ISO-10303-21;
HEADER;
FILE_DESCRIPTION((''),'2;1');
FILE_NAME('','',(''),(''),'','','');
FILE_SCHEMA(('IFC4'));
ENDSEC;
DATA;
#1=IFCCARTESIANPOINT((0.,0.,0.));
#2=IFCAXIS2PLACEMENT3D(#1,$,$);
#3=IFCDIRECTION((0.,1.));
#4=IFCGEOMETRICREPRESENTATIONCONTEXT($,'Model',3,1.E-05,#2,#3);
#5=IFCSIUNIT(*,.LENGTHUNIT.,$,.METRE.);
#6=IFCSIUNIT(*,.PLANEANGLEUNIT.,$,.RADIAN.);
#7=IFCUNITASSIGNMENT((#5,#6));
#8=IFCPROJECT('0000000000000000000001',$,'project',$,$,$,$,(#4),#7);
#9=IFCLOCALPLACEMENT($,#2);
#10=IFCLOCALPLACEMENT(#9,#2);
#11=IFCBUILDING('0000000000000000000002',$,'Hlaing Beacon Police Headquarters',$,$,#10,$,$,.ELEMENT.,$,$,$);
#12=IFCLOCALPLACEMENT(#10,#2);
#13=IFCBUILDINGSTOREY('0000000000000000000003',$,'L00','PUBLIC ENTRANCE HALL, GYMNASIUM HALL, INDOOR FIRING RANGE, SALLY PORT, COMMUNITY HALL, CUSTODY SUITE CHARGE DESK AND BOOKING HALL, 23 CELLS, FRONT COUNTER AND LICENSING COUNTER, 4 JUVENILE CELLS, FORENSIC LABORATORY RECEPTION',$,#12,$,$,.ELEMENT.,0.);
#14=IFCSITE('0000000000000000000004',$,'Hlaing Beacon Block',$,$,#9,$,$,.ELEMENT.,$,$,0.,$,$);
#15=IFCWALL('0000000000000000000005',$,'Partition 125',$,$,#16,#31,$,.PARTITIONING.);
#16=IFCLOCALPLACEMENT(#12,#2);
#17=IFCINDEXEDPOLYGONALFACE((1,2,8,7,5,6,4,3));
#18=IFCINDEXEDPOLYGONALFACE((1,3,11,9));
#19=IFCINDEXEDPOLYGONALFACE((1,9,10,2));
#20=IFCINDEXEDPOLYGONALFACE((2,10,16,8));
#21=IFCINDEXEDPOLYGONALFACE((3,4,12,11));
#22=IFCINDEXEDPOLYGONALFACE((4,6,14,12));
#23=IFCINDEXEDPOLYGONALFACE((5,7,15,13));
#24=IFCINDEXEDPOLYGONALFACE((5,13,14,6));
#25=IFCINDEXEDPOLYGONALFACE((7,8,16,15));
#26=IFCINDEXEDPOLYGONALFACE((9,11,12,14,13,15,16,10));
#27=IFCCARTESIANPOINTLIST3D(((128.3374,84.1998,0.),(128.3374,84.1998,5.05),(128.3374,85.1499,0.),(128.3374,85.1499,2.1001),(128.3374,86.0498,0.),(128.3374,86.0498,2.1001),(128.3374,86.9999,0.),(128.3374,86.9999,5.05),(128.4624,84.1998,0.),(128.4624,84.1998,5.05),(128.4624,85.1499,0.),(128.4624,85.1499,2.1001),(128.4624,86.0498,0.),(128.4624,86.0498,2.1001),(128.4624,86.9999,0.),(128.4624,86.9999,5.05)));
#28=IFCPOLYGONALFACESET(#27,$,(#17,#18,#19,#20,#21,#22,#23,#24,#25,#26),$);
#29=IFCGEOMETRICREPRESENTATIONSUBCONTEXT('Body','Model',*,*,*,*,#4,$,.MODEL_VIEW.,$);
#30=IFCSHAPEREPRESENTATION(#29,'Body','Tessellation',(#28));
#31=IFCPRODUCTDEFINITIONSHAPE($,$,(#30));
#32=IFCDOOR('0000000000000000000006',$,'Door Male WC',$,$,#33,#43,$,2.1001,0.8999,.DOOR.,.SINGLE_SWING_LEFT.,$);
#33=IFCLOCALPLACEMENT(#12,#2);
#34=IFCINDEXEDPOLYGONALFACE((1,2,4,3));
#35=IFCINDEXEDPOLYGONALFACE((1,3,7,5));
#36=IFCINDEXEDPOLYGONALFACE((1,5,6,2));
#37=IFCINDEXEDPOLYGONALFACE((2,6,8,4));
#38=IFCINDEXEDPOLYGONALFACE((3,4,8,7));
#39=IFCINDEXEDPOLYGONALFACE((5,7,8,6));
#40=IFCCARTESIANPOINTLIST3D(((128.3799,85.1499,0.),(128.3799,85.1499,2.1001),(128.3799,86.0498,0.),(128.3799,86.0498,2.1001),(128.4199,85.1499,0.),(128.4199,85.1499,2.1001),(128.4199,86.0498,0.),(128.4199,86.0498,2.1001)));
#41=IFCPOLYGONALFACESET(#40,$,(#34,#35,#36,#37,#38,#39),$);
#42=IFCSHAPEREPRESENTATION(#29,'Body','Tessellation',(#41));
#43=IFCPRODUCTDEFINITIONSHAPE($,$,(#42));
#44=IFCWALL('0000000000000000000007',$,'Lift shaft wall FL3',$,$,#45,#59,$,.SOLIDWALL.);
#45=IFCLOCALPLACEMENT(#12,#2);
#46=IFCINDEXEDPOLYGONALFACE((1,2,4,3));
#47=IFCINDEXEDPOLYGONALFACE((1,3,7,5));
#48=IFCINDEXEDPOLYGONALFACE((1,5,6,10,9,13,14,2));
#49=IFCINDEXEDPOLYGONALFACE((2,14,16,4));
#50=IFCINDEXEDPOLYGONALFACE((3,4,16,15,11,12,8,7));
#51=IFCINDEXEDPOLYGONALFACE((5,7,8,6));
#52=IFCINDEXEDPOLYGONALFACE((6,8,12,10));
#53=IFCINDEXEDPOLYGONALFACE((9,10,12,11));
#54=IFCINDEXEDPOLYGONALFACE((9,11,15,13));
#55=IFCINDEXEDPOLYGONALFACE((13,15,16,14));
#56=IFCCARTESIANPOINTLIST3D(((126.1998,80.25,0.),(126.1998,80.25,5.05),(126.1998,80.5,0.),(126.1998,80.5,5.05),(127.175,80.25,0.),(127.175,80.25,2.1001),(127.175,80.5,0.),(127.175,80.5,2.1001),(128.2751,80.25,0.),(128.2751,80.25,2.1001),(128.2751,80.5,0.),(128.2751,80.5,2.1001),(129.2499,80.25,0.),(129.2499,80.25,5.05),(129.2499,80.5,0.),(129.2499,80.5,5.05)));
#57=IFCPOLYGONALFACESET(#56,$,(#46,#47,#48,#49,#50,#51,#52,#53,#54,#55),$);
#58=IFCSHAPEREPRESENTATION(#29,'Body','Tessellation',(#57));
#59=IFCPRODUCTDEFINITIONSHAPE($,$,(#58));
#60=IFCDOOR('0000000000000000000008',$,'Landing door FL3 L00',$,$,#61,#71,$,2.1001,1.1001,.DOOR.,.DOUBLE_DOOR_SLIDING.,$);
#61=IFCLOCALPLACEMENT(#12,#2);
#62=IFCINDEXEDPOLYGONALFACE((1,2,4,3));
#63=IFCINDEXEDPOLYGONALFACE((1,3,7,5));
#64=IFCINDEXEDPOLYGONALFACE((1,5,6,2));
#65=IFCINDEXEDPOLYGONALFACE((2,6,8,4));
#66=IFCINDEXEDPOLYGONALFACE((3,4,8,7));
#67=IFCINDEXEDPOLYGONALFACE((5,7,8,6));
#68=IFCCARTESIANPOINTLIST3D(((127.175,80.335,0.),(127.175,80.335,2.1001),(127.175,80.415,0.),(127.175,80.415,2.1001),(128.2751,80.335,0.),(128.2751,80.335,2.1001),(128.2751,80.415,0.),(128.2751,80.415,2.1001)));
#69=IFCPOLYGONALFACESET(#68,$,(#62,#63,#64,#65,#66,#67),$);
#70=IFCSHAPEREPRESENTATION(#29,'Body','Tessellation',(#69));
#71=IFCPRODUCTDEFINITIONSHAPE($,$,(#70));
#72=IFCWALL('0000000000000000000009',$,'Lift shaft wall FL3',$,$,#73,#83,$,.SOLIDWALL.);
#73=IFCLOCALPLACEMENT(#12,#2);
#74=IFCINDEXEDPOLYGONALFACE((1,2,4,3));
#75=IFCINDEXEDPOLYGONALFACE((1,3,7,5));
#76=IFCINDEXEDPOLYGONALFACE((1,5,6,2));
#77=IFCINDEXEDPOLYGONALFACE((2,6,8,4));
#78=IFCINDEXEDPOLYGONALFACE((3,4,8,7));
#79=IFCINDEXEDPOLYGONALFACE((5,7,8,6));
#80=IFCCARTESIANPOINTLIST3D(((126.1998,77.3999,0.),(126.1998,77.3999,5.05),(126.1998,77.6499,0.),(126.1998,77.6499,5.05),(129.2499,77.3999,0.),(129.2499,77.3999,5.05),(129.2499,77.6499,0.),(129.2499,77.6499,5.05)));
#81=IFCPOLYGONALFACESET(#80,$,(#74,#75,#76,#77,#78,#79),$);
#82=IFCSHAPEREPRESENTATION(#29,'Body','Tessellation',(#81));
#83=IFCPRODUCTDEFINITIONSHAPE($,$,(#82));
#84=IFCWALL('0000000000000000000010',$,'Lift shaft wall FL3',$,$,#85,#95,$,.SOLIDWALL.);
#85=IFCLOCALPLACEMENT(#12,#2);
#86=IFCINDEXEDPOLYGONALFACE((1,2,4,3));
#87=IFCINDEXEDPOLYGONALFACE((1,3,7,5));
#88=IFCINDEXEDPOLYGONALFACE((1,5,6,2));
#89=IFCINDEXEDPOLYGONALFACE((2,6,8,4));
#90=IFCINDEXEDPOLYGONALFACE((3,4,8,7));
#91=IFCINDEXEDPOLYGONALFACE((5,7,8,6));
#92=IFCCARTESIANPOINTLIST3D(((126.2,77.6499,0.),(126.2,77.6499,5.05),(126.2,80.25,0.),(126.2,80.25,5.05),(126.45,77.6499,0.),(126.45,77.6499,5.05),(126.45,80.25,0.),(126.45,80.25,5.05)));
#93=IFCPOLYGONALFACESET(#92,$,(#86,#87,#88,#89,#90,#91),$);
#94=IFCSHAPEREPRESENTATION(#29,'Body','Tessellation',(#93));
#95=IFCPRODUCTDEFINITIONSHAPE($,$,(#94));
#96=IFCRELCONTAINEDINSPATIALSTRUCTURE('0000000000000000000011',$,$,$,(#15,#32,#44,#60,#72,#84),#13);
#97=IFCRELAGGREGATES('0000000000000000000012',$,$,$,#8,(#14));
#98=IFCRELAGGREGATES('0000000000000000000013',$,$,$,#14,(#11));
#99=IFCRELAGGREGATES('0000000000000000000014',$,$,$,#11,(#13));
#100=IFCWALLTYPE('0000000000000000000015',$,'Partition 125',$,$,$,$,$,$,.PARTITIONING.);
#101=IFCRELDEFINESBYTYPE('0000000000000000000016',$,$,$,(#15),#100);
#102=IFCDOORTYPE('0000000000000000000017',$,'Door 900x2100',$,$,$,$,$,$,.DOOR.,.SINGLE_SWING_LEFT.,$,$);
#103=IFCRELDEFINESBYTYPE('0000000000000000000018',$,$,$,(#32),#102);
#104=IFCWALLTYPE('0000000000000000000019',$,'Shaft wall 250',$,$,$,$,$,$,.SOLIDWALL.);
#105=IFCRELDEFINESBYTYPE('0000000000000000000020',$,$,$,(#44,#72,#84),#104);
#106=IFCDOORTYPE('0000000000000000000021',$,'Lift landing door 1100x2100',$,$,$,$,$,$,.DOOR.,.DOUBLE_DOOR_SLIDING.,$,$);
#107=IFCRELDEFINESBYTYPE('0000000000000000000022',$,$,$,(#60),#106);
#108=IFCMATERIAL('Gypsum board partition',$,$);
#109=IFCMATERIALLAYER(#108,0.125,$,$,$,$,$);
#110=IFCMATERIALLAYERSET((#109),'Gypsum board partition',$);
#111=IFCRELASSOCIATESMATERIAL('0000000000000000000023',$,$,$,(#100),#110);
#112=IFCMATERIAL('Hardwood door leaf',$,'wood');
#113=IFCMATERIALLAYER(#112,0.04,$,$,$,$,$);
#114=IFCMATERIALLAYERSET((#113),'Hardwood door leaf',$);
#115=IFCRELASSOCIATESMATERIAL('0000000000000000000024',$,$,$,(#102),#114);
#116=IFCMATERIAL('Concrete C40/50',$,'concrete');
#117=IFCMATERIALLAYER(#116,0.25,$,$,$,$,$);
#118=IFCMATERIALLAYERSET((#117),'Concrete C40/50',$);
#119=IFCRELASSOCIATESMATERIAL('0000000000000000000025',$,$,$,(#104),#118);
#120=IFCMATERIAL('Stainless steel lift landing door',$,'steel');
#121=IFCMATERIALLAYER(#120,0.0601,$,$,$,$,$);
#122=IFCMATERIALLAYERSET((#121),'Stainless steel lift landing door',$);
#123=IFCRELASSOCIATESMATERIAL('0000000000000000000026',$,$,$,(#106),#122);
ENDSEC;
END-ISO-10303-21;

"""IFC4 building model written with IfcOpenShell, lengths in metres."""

from ifc_helpers import new_model, si_unit, direction, frame, frame_2d, origin, place, context, subcontext, project, spatial, rectangle, extrude, material, layer, layer_set, type_object, element, fill, save


model = new_model("IFC4")

# Units and contexts
model_context = context("Model", 3, precision=1e-05, world=origin(), true_north=direction((0.0, 1.0)))
body_context = subcontext(model_context, "Body", "Model", "MODEL_VIEW")
ifc_project = project(units=[si_unit("LENGTHUNIT", "METRE"), si_unit("PLANEANGLEUNIT", "RADIAN")], contexts=[model_context])

# Site, building, storey
site_placement = place(None, origin())
site = spatial("IfcSite", under=ifc_project, at=site_placement, Name="Hlaing Beacon Block", CompositionType="ELEMENT", RefElevation=0.0)
building_placement = place(site_placement, origin())
building = spatial("IfcBuilding", under=site, at=building_placement, Name="Hlaing Beacon Police Headquarters", CompositionType="ELEMENT")
storey_placement = place(building_placement, origin())
storey = spatial("IfcBuildingStorey", under=building, at=storey_placement, Name="L00", Description="PUBLIC ENTRANCE HALL, GYMNASIUM HALL, INDOOR FIRING RANGE, SALLY PORT, COMMUNITY HALL, CUSTODY SUITE CHARGE DESK AND BOOKING HALL, 23 CELLS, FRONT COUNTER AND LICENSING COUNTER, 4 JUVENILE CELLS, FORENSIC LABORATORY RECEPTION", CompositionType="ELEMENT", Elevation=0.0)

# Shared definitions
ifc_material_1 = material(Name="Gypsum board partition")
ifc_layer_1 = layer(ifc_material_1, 0.125)
ifc_layer_set_1 = layer_set([ifc_layer_1], Name="Gypsum board partition")
wall_type_1 = type_object("IfcWallType", Name="Partition 125", PredefinedType="PARTITIONING", material=ifc_layer_set_1)

# Walls, openings, doors
ifc_material_2 = material(Name="Hardwood door leaf", Category="wood")
ifc_layer_2 = layer(ifc_material_2, 0.04)
ifc_layer_set_2 = layer_set([ifc_layer_2], Name="Hardwood door leaf")
door_type_1 = type_object("IfcDoorType", Name="Door 900x2100", OperationType="SINGLE_SWING_LEFT", PredefinedType="DOOR", material=ifc_layer_set_2)
wall_1_placement = place(storey_placement, frame((128.3999, 84.2, 0.0), z_axis=(0.0, 0.0, 1.0), x_axis=(0.0, 1.0, 0.0)))
wall_1 = element("IfcWall", 1, at=wall_1_placement, inside=storey, type_object=wall_type_1, Name="Partition 125", PredefinedType="PARTITIONING", context=body_context, shape_type="SweptSolid", body=[
    extrude(rectangle(XDim=2.8, YDim=0.125, at=frame_2d((1.3999, 0.0))), origin(), (0.0, 0.0, 1.0), 5.05),
])
opening_1_placement = place(wall_1_placement, frame((0.95, 0.0, 0.0)))
opening_1 = element("IfcOpeningElement", 2, at=opening_1_placement, cuts=wall_1, PredefinedType="OPENING", context=body_context, shape_type="SweptSolid", body=[
    extrude(rectangle(XDim=0.8999, YDim=2.1001, at=frame_2d((0.45, 1.05))), frame((0.0, 0.0725, 0.0), z_axis=(0.0, -1.0, 0.0), x_axis=(1.0, 0.0, 0.0)), (0.0, 0.0, 1.0), 0.145),
])
door_1_placement = place(opening_1_placement, frame((0.8999, 0.0, 0.0), z_axis=(0.0, 0.0, 1.0), x_axis=(-1.0, 0.0, 0.0)))
door_1 = element("IfcDoor", 3, at=door_1_placement, inside=storey, type_object=door_type_1, Name="Door Male WC", OperationType="SINGLE_SWING_LEFT", OverallHeight=2.1001, OverallWidth=0.8999, PredefinedType="DOOR", context=body_context, shape_type="SweptSolid", body=[
    extrude(rectangle(XDim=0.8999, YDim=2.1001, at=frame_2d((0.45, 1.05))), frame((0.0, 0.02, 0.0), z_axis=(0.0, -1.0, 0.0), x_axis=(1.0, 0.0, 0.0)), (0.0, 0.0, 1.0), 0.04),
])
fill(opening_1, door_1)
ifc_material_3 = material(Name="Concrete C40/50", Category="concrete")
ifc_layer_3 = layer(ifc_material_3, 0.25)
ifc_layer_set_3 = layer_set([ifc_layer_3], Name="Concrete C40/50")
wall_type_2 = type_object("IfcWallType", Name="Shaft wall 250", PredefinedType="SOLIDWALL", material=ifc_layer_set_3)
wall_2_placement = place(storey_placement, frame((126.2, 80.375, 0.0), z_axis=(0.0, 0.0, 1.0), x_axis=(1.0, 0.0, 0.0)))
wall_2 = element("IfcWall", 4, at=wall_2_placement, inside=storey, type_object=wall_type_2, Name="Lift shaft wall FL3", PredefinedType="SOLIDWALL", context=body_context, shape_type="SweptSolid", body=[
    extrude(rectangle(XDim=3.05, YDim=0.25, at=frame_2d((1.5249, 0.0))), origin(), (0.0, 0.0, 1.0), 5.05),
])
opening_2_placement = place(wall_2_placement, frame((0.9751, 0.0, 0.0)))
opening_2 = element("IfcOpeningElement", 5, at=opening_2_placement, cuts=wall_2, PredefinedType="OPENING", context=body_context, shape_type="SweptSolid", body=[
    extrude(rectangle(XDim=1.1001, YDim=2.1001, at=frame_2d((0.55, 1.05))), frame((0.0, 0.135, 0.0), z_axis=(0.0, -1.0, 0.0), x_axis=(1.0, 0.0, 0.0)), (0.0, 0.0, 1.0), 0.27),
])
ifc_material_4 = material(Name="Stainless steel lift landing door", Category="steel")
ifc_layer_4 = layer(ifc_material_4, 0.0601)
ifc_layer_set_4 = layer_set([ifc_layer_4], Name="Stainless steel lift landing door")
door_type_2 = type_object("IfcDoorType", Name="Lift landing door 1100x2100", OperationType="DOUBLE_DOOR_SLIDING", PredefinedType="DOOR", material=ifc_layer_set_4)
door_2_placement = place(opening_2_placement, origin())
door_2 = element("IfcDoor", 6, at=door_2_placement, inside=storey, type_object=door_type_2, Name="Landing door FL3 L00", OperationType="DOUBLE_DOOR_SLIDING", OverallHeight=2.1001, OverallWidth=1.1001, PredefinedType="DOOR", context=body_context, shape_type="SweptSolid", body=[
    extrude(rectangle(XDim=1.1001, YDim=2.1001, at=frame_2d((0.55, 1.05))), frame((0.0, 0.04, 0.0), z_axis=(0.0, -1.0, 0.0), x_axis=(1.0, 0.0, 0.0)), (0.0, 0.0, 1.0), 0.0801),
])
fill(opening_2, door_2)

# Walls
wall_3_placement = place(storey_placement, frame((126.2, 77.5249, 0.0), z_axis=(0.0, 0.0, 1.0), x_axis=(1.0, 0.0, 0.0)))
element("IfcWall", 7, at=wall_3_placement, inside=storey, type_object=wall_type_2, Name="Lift shaft wall FL3", PredefinedType="SOLIDWALL", context=body_context, shape_type="SweptSolid", body=[
    extrude(rectangle(XDim=3.05, YDim=0.25, at=frame_2d((1.5249, 0.0))), origin(), (0.0, 0.0, 1.0), 5.05),
])
wall_4_placement = place(storey_placement, frame((126.325, 77.6499, 0.0), z_axis=(0.0, 0.0, 1.0), x_axis=(0.0, 1.0, 0.0)))
element("IfcWall", 8, at=wall_4_placement, inside=storey, type_object=wall_type_2, Name="Lift shaft wall FL3", PredefinedType="SOLIDWALL", context=body_context, shape_type="SweptSolid", body=[
    extrude(rectangle(XDim=2.6001, YDim=0.25, at=frame_2d((1.3, 0.0))), origin(), (0.0, 0.0, 1.0), 5.05),
])

save(model, "model.ifc")
